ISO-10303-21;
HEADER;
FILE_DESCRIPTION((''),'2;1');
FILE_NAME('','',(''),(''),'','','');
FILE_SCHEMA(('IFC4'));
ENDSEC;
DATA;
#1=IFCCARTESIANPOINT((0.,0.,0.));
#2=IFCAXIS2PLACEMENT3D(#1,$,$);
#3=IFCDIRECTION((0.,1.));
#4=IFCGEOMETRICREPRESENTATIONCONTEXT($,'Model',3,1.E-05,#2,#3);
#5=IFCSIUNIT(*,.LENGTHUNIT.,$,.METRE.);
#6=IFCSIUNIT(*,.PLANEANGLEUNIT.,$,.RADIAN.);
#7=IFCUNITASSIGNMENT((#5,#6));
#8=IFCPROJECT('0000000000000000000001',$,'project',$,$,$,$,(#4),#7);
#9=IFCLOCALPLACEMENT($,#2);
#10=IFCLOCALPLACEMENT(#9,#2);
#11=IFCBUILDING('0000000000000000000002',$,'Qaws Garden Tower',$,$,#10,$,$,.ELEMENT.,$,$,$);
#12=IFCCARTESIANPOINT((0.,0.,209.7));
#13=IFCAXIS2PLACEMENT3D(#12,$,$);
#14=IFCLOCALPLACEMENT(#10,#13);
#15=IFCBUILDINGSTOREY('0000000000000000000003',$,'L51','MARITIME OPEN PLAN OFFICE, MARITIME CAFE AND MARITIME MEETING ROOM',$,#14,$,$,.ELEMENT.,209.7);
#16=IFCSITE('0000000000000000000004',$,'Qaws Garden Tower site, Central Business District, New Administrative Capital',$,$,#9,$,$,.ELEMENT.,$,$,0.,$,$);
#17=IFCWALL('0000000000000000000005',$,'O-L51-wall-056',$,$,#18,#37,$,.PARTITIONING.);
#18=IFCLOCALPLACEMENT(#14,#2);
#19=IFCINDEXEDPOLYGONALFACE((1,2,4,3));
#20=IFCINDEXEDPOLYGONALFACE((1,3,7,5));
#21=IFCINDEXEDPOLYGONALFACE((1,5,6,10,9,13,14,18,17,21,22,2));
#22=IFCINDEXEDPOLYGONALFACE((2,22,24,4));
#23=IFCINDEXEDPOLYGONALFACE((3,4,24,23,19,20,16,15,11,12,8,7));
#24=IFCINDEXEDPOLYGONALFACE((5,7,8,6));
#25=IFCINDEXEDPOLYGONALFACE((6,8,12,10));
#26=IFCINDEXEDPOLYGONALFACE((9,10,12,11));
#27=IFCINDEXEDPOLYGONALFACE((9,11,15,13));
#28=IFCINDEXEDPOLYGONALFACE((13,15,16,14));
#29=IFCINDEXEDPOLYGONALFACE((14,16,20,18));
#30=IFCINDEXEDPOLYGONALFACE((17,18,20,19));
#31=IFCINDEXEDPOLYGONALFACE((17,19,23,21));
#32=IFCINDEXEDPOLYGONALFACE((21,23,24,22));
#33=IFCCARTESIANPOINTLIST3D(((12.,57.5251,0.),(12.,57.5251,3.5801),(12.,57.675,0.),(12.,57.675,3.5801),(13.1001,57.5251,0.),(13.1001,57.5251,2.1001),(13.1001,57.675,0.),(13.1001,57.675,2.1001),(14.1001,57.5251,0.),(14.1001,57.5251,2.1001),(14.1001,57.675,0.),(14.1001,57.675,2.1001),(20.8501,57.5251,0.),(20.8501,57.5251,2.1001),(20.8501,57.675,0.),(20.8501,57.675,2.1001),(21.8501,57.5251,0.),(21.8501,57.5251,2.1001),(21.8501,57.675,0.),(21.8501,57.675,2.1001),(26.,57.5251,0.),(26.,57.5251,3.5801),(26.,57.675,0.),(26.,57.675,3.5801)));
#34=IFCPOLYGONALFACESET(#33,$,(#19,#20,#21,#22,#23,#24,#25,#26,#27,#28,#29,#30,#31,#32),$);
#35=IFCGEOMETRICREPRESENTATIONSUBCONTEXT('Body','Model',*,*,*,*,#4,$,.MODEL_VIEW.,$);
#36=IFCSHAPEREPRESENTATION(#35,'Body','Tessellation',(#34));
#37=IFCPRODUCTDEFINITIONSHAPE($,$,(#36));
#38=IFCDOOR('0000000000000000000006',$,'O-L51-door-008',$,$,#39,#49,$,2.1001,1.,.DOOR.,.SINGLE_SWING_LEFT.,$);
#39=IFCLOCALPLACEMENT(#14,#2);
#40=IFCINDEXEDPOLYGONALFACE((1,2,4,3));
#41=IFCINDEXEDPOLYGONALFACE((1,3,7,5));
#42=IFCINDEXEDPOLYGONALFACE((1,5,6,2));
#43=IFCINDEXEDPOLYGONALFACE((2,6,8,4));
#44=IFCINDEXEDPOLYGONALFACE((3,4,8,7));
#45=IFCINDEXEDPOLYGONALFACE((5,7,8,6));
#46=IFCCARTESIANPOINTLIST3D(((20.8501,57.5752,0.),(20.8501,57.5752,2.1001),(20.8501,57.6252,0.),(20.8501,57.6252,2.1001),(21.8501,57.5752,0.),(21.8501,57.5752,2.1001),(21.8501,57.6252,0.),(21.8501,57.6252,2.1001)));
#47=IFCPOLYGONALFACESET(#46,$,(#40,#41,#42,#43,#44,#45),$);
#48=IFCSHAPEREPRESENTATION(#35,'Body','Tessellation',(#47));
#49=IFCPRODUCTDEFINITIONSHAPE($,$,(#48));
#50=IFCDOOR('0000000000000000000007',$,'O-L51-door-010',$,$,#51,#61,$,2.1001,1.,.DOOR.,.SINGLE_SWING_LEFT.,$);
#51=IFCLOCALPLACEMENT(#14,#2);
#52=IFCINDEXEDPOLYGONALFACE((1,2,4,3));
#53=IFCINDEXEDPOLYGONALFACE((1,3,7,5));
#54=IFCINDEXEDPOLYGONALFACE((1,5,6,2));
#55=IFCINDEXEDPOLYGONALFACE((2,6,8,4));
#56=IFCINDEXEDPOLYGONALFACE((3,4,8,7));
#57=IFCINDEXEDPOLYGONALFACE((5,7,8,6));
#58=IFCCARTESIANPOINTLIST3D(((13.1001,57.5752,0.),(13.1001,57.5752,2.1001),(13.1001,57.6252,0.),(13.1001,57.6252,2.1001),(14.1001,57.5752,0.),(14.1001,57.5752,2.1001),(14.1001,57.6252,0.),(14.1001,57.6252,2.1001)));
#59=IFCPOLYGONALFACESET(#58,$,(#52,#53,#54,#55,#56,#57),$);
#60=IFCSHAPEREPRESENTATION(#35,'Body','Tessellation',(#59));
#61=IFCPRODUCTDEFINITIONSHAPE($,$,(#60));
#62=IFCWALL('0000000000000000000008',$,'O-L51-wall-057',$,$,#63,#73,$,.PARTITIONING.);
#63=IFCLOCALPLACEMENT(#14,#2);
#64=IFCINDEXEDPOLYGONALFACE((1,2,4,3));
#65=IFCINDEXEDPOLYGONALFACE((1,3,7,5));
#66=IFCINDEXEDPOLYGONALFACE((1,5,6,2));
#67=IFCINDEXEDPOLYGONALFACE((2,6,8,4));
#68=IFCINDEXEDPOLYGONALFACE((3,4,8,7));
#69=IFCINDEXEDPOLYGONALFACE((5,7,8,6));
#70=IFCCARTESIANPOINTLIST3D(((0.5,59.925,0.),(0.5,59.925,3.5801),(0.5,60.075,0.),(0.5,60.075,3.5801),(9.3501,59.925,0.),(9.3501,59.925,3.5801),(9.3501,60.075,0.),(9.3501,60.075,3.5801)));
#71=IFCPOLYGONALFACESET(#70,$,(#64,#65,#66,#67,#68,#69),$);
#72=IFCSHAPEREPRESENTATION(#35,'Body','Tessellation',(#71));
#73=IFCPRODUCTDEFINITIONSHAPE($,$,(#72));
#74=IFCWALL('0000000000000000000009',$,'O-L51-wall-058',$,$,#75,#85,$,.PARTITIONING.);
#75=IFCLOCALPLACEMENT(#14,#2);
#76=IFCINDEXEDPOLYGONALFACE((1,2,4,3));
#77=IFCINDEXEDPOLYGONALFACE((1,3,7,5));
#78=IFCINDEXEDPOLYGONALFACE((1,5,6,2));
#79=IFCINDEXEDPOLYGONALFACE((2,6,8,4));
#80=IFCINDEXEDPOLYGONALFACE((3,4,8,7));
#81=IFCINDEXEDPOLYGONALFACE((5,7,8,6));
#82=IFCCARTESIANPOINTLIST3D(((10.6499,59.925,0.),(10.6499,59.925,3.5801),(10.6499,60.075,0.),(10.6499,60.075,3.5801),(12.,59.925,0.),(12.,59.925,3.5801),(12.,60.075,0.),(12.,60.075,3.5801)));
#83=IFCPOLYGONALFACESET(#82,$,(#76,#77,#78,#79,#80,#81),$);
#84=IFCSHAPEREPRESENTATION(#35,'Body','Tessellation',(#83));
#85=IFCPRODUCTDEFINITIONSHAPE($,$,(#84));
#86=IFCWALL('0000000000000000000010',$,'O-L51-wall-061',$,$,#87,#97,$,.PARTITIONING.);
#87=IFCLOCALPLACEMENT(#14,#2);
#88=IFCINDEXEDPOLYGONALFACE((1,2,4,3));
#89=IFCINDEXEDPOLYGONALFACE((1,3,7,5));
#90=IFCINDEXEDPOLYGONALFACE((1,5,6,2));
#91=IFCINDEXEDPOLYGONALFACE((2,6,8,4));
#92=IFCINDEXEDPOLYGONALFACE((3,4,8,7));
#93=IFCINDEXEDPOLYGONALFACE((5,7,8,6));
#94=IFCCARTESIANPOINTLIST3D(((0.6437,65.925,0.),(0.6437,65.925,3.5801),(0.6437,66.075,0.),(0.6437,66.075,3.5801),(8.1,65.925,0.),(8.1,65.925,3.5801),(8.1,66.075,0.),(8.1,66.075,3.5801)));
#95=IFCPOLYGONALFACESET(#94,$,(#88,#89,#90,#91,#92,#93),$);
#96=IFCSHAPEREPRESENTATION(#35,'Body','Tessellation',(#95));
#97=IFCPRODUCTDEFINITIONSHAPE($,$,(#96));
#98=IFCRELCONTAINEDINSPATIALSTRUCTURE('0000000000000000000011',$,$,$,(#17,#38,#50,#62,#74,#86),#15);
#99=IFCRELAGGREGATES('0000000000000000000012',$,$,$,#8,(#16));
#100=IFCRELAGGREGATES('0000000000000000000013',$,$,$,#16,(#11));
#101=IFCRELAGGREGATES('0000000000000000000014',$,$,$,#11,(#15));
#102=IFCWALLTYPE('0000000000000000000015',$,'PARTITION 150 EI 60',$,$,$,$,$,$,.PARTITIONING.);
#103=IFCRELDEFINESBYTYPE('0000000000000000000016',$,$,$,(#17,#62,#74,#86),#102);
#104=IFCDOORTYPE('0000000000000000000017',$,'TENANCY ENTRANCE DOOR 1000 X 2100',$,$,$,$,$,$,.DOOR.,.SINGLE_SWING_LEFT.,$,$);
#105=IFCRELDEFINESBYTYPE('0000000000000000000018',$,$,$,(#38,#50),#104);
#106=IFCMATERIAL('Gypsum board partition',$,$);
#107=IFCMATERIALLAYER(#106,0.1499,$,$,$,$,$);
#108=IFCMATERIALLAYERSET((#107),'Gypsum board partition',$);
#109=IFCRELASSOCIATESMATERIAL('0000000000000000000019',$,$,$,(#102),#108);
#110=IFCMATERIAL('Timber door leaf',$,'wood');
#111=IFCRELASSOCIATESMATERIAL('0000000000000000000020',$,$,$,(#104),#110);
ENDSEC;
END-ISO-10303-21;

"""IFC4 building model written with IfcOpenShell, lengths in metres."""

from ifc_helpers import new_model, si_unit, direction, frame, frame_2d, origin, place, context, subcontext, project, spatial, rectangle, extrude, material, layer, layer_set, type_object, element, fill, save


model = new_model("IFC4")

# Units and contexts
model_context = context("Model", 3, precision=1e-05, world=origin(), true_north=direction((0.0, 1.0)))
body_context = subcontext(model_context, "Body", "Model", "MODEL_VIEW")
ifc_project = project(units=[si_unit("LENGTHUNIT", "METRE"), si_unit("PLANEANGLEUNIT", "RADIAN")], contexts=[model_context])

# Site, building, storey
site_placement = place(None, origin())
site = spatial("IfcSite", under=ifc_project, at=site_placement, Name="Qaws Garden Tower site, Central Business District, New Administrative Capital", CompositionType="ELEMENT", RefElevation=0.0)
building_placement = place(site_placement, origin())
building = spatial("IfcBuilding", under=site, at=building_placement, Name="Qaws Garden Tower", CompositionType="ELEMENT")
storey_placement = place(building_placement, frame((0.0, 0.0, 209.7)))
storey = spatial("IfcBuildingStorey", under=building, at=storey_placement, Name="L51", Description="MARITIME OPEN PLAN OFFICE, MARITIME CAFE AND MARITIME MEETING ROOM", CompositionType="ELEMENT", Elevation=209.7)

# Shared definitions
ifc_material_1 = material(Name="Gypsum board partition")
ifc_layer_1 = layer(ifc_material_1, 0.1499)
ifc_layer_set_1 = layer_set([ifc_layer_1], Name="Gypsum board partition")
wall_type_1 = type_object("IfcWallType", Name="PARTITION 150 EI 60", PredefinedType="PARTITIONING", material=ifc_layer_set_1)
ifc_material_2 = material(Name="Timber door leaf", Category="wood")
door_type_1 = type_object("IfcDoorType", Name="TENANCY ENTRANCE DOOR 1000 X 2100", OperationType="SINGLE_SWING_LEFT", PredefinedType="DOOR", material=ifc_material_2)

# Wall, openings, doors
wall_1_placement = place(storey_placement, frame((12.0, 57.6001, 0.0), z_axis=(0.0, 0.0, 1.0), x_axis=(1.0, 0.0, 0.0)))
wall_1 = element("IfcWall", 1, at=wall_1_placement, inside=storey, type_object=wall_type_1, Name="O-L51-wall-056", PredefinedType="PARTITIONING", context=body_context, shape_type="SweptSolid", body=[
    extrude(rectangle(XDim=14.0, YDim=0.1499, at=frame_2d((7.0, 0.0))), origin(), (0.0, 0.0, 1.0), 3.5801),
])
opening_1_placement = place(wall_1_placement, frame((8.8501, 0.0, 0.0)))
opening_1 = element("IfcOpeningElement", 2, at=opening_1_placement, cuts=wall_1, PredefinedType="OPENING", context=body_context, shape_type="SweptSolid", body=[
    extrude(rectangle(XDim=1.0, YDim=2.1001, at=frame_2d((0.5, 1.05))), frame((0.0, 0.085, 0.0), z_axis=(0.0, -1.0, 0.0), x_axis=(1.0, 0.0, 0.0)), (0.0, 0.0, 1.0), 0.1699),
])
opening_2_placement = place(wall_1_placement, frame((1.1001, 0.0, 0.0)))
opening_2 = element("IfcOpeningElement", 3, at=opening_2_placement, cuts=wall_1, PredefinedType="OPENING", context=body_context, shape_type="SweptSolid", body=[
    extrude(rectangle(XDim=1.0, YDim=2.1001, at=frame_2d((0.5, 1.05))), frame((0.0, 0.085, 0.0), z_axis=(0.0, -1.0, 0.0), x_axis=(1.0, 0.0, 0.0)), (0.0, 0.0, 1.0), 0.1699),
])
door_1_placement = place(opening_1_placement, frame((1.0, 0.0, 0.0), z_axis=(0.0, 0.0, 1.0), x_axis=(-1.0, 0.0, 0.0)))
door_1 = element("IfcDoor", 4, at=door_1_placement, inside=storey, type_object=door_type_1, Name="O-L51-door-008", OperationType="SINGLE_SWING_LEFT", OverallHeight=2.1001, OverallWidth=1.0, PredefinedType="DOOR", context=body_context, shape_type="SweptSolid", body=[
    extrude(rectangle(XDim=1.0, YDim=2.1001, at=frame_2d((0.5, 1.05))), frame((0.0, 0.0249, 0.0), z_axis=(0.0, -1.0, 0.0), x_axis=(1.0, 0.0, 0.0)), (0.0, 0.0, 1.0), 0.05),
])
fill(opening_1, door_1)
door_2_placement = place(opening_2_placement, frame((1.0, 0.0, 0.0), z_axis=(0.0, 0.0, 1.0), x_axis=(-1.0, 0.0, 0.0)))
door_2 = element("IfcDoor", 5, at=door_2_placement, inside=storey, type_object=door_type_1, Name="O-L51-door-010", OperationType="SINGLE_SWING_LEFT", OverallHeight=2.1001, OverallWidth=1.0, PredefinedType="DOOR", context=body_context, shape_type="SweptSolid", body=[
    extrude(rectangle(XDim=1.0, YDim=2.1001, at=frame_2d((0.5, 1.05))), frame((0.0, 0.0249, 0.0), z_axis=(0.0, -1.0, 0.0), x_axis=(1.0, 0.0, 0.0)), (0.0, 0.0, 1.0), 0.05),
])
fill(opening_2, door_2)

# Walls
wall_2_placement = place(storey_placement, frame((0.5, 60.0, 0.0), z_axis=(0.0, 0.0, 1.0), x_axis=(1.0, 0.0, 0.0)))
element("IfcWall", 6, at=wall_2_placement, inside=storey, type_object=wall_type_1, Name="O-L51-wall-057", PredefinedType="PARTITIONING", context=body_context, shape_type="SweptSolid", body=[
    extrude(rectangle(XDim=8.8501, YDim=0.1499, at=frame_2d((4.425, 0.0))), origin(), (0.0, 0.0, 1.0), 3.5801),
])
wall_3_placement = place(storey_placement, frame((10.6499, 60.0, 0.0), z_axis=(0.0, 0.0, 1.0), x_axis=(1.0, 0.0, 0.0)))
element("IfcWall", 7, at=wall_3_placement, inside=storey, type_object=wall_type_1, Name="O-L51-wall-058", PredefinedType="PARTITIONING", context=body_context, shape_type="SweptSolid", body=[
    extrude(rectangle(XDim=1.3501, YDim=0.1499, at=frame_2d((0.675, 0.0))), origin(), (0.0, 0.0, 1.0), 3.5801),
])
wall_4_placement = place(storey_placement, frame((0.6438, 66.0, 0.0), z_axis=(0.0, 0.0, 1.0), x_axis=(1.0, 0.0, 0.0)))
element("IfcWall", 8, at=wall_4_placement, inside=storey, type_object=wall_type_1, Name="O-L51-wall-061", PredefinedType="PARTITIONING", context=body_context, shape_type="SweptSolid", body=[
    extrude(rectangle(XDim=7.4563, YDim=0.1499, at=frame_2d((3.728, 0.0))), origin(), (0.0, 0.0, 1.0), 3.5801),
])

save(model, "model.ifc")
